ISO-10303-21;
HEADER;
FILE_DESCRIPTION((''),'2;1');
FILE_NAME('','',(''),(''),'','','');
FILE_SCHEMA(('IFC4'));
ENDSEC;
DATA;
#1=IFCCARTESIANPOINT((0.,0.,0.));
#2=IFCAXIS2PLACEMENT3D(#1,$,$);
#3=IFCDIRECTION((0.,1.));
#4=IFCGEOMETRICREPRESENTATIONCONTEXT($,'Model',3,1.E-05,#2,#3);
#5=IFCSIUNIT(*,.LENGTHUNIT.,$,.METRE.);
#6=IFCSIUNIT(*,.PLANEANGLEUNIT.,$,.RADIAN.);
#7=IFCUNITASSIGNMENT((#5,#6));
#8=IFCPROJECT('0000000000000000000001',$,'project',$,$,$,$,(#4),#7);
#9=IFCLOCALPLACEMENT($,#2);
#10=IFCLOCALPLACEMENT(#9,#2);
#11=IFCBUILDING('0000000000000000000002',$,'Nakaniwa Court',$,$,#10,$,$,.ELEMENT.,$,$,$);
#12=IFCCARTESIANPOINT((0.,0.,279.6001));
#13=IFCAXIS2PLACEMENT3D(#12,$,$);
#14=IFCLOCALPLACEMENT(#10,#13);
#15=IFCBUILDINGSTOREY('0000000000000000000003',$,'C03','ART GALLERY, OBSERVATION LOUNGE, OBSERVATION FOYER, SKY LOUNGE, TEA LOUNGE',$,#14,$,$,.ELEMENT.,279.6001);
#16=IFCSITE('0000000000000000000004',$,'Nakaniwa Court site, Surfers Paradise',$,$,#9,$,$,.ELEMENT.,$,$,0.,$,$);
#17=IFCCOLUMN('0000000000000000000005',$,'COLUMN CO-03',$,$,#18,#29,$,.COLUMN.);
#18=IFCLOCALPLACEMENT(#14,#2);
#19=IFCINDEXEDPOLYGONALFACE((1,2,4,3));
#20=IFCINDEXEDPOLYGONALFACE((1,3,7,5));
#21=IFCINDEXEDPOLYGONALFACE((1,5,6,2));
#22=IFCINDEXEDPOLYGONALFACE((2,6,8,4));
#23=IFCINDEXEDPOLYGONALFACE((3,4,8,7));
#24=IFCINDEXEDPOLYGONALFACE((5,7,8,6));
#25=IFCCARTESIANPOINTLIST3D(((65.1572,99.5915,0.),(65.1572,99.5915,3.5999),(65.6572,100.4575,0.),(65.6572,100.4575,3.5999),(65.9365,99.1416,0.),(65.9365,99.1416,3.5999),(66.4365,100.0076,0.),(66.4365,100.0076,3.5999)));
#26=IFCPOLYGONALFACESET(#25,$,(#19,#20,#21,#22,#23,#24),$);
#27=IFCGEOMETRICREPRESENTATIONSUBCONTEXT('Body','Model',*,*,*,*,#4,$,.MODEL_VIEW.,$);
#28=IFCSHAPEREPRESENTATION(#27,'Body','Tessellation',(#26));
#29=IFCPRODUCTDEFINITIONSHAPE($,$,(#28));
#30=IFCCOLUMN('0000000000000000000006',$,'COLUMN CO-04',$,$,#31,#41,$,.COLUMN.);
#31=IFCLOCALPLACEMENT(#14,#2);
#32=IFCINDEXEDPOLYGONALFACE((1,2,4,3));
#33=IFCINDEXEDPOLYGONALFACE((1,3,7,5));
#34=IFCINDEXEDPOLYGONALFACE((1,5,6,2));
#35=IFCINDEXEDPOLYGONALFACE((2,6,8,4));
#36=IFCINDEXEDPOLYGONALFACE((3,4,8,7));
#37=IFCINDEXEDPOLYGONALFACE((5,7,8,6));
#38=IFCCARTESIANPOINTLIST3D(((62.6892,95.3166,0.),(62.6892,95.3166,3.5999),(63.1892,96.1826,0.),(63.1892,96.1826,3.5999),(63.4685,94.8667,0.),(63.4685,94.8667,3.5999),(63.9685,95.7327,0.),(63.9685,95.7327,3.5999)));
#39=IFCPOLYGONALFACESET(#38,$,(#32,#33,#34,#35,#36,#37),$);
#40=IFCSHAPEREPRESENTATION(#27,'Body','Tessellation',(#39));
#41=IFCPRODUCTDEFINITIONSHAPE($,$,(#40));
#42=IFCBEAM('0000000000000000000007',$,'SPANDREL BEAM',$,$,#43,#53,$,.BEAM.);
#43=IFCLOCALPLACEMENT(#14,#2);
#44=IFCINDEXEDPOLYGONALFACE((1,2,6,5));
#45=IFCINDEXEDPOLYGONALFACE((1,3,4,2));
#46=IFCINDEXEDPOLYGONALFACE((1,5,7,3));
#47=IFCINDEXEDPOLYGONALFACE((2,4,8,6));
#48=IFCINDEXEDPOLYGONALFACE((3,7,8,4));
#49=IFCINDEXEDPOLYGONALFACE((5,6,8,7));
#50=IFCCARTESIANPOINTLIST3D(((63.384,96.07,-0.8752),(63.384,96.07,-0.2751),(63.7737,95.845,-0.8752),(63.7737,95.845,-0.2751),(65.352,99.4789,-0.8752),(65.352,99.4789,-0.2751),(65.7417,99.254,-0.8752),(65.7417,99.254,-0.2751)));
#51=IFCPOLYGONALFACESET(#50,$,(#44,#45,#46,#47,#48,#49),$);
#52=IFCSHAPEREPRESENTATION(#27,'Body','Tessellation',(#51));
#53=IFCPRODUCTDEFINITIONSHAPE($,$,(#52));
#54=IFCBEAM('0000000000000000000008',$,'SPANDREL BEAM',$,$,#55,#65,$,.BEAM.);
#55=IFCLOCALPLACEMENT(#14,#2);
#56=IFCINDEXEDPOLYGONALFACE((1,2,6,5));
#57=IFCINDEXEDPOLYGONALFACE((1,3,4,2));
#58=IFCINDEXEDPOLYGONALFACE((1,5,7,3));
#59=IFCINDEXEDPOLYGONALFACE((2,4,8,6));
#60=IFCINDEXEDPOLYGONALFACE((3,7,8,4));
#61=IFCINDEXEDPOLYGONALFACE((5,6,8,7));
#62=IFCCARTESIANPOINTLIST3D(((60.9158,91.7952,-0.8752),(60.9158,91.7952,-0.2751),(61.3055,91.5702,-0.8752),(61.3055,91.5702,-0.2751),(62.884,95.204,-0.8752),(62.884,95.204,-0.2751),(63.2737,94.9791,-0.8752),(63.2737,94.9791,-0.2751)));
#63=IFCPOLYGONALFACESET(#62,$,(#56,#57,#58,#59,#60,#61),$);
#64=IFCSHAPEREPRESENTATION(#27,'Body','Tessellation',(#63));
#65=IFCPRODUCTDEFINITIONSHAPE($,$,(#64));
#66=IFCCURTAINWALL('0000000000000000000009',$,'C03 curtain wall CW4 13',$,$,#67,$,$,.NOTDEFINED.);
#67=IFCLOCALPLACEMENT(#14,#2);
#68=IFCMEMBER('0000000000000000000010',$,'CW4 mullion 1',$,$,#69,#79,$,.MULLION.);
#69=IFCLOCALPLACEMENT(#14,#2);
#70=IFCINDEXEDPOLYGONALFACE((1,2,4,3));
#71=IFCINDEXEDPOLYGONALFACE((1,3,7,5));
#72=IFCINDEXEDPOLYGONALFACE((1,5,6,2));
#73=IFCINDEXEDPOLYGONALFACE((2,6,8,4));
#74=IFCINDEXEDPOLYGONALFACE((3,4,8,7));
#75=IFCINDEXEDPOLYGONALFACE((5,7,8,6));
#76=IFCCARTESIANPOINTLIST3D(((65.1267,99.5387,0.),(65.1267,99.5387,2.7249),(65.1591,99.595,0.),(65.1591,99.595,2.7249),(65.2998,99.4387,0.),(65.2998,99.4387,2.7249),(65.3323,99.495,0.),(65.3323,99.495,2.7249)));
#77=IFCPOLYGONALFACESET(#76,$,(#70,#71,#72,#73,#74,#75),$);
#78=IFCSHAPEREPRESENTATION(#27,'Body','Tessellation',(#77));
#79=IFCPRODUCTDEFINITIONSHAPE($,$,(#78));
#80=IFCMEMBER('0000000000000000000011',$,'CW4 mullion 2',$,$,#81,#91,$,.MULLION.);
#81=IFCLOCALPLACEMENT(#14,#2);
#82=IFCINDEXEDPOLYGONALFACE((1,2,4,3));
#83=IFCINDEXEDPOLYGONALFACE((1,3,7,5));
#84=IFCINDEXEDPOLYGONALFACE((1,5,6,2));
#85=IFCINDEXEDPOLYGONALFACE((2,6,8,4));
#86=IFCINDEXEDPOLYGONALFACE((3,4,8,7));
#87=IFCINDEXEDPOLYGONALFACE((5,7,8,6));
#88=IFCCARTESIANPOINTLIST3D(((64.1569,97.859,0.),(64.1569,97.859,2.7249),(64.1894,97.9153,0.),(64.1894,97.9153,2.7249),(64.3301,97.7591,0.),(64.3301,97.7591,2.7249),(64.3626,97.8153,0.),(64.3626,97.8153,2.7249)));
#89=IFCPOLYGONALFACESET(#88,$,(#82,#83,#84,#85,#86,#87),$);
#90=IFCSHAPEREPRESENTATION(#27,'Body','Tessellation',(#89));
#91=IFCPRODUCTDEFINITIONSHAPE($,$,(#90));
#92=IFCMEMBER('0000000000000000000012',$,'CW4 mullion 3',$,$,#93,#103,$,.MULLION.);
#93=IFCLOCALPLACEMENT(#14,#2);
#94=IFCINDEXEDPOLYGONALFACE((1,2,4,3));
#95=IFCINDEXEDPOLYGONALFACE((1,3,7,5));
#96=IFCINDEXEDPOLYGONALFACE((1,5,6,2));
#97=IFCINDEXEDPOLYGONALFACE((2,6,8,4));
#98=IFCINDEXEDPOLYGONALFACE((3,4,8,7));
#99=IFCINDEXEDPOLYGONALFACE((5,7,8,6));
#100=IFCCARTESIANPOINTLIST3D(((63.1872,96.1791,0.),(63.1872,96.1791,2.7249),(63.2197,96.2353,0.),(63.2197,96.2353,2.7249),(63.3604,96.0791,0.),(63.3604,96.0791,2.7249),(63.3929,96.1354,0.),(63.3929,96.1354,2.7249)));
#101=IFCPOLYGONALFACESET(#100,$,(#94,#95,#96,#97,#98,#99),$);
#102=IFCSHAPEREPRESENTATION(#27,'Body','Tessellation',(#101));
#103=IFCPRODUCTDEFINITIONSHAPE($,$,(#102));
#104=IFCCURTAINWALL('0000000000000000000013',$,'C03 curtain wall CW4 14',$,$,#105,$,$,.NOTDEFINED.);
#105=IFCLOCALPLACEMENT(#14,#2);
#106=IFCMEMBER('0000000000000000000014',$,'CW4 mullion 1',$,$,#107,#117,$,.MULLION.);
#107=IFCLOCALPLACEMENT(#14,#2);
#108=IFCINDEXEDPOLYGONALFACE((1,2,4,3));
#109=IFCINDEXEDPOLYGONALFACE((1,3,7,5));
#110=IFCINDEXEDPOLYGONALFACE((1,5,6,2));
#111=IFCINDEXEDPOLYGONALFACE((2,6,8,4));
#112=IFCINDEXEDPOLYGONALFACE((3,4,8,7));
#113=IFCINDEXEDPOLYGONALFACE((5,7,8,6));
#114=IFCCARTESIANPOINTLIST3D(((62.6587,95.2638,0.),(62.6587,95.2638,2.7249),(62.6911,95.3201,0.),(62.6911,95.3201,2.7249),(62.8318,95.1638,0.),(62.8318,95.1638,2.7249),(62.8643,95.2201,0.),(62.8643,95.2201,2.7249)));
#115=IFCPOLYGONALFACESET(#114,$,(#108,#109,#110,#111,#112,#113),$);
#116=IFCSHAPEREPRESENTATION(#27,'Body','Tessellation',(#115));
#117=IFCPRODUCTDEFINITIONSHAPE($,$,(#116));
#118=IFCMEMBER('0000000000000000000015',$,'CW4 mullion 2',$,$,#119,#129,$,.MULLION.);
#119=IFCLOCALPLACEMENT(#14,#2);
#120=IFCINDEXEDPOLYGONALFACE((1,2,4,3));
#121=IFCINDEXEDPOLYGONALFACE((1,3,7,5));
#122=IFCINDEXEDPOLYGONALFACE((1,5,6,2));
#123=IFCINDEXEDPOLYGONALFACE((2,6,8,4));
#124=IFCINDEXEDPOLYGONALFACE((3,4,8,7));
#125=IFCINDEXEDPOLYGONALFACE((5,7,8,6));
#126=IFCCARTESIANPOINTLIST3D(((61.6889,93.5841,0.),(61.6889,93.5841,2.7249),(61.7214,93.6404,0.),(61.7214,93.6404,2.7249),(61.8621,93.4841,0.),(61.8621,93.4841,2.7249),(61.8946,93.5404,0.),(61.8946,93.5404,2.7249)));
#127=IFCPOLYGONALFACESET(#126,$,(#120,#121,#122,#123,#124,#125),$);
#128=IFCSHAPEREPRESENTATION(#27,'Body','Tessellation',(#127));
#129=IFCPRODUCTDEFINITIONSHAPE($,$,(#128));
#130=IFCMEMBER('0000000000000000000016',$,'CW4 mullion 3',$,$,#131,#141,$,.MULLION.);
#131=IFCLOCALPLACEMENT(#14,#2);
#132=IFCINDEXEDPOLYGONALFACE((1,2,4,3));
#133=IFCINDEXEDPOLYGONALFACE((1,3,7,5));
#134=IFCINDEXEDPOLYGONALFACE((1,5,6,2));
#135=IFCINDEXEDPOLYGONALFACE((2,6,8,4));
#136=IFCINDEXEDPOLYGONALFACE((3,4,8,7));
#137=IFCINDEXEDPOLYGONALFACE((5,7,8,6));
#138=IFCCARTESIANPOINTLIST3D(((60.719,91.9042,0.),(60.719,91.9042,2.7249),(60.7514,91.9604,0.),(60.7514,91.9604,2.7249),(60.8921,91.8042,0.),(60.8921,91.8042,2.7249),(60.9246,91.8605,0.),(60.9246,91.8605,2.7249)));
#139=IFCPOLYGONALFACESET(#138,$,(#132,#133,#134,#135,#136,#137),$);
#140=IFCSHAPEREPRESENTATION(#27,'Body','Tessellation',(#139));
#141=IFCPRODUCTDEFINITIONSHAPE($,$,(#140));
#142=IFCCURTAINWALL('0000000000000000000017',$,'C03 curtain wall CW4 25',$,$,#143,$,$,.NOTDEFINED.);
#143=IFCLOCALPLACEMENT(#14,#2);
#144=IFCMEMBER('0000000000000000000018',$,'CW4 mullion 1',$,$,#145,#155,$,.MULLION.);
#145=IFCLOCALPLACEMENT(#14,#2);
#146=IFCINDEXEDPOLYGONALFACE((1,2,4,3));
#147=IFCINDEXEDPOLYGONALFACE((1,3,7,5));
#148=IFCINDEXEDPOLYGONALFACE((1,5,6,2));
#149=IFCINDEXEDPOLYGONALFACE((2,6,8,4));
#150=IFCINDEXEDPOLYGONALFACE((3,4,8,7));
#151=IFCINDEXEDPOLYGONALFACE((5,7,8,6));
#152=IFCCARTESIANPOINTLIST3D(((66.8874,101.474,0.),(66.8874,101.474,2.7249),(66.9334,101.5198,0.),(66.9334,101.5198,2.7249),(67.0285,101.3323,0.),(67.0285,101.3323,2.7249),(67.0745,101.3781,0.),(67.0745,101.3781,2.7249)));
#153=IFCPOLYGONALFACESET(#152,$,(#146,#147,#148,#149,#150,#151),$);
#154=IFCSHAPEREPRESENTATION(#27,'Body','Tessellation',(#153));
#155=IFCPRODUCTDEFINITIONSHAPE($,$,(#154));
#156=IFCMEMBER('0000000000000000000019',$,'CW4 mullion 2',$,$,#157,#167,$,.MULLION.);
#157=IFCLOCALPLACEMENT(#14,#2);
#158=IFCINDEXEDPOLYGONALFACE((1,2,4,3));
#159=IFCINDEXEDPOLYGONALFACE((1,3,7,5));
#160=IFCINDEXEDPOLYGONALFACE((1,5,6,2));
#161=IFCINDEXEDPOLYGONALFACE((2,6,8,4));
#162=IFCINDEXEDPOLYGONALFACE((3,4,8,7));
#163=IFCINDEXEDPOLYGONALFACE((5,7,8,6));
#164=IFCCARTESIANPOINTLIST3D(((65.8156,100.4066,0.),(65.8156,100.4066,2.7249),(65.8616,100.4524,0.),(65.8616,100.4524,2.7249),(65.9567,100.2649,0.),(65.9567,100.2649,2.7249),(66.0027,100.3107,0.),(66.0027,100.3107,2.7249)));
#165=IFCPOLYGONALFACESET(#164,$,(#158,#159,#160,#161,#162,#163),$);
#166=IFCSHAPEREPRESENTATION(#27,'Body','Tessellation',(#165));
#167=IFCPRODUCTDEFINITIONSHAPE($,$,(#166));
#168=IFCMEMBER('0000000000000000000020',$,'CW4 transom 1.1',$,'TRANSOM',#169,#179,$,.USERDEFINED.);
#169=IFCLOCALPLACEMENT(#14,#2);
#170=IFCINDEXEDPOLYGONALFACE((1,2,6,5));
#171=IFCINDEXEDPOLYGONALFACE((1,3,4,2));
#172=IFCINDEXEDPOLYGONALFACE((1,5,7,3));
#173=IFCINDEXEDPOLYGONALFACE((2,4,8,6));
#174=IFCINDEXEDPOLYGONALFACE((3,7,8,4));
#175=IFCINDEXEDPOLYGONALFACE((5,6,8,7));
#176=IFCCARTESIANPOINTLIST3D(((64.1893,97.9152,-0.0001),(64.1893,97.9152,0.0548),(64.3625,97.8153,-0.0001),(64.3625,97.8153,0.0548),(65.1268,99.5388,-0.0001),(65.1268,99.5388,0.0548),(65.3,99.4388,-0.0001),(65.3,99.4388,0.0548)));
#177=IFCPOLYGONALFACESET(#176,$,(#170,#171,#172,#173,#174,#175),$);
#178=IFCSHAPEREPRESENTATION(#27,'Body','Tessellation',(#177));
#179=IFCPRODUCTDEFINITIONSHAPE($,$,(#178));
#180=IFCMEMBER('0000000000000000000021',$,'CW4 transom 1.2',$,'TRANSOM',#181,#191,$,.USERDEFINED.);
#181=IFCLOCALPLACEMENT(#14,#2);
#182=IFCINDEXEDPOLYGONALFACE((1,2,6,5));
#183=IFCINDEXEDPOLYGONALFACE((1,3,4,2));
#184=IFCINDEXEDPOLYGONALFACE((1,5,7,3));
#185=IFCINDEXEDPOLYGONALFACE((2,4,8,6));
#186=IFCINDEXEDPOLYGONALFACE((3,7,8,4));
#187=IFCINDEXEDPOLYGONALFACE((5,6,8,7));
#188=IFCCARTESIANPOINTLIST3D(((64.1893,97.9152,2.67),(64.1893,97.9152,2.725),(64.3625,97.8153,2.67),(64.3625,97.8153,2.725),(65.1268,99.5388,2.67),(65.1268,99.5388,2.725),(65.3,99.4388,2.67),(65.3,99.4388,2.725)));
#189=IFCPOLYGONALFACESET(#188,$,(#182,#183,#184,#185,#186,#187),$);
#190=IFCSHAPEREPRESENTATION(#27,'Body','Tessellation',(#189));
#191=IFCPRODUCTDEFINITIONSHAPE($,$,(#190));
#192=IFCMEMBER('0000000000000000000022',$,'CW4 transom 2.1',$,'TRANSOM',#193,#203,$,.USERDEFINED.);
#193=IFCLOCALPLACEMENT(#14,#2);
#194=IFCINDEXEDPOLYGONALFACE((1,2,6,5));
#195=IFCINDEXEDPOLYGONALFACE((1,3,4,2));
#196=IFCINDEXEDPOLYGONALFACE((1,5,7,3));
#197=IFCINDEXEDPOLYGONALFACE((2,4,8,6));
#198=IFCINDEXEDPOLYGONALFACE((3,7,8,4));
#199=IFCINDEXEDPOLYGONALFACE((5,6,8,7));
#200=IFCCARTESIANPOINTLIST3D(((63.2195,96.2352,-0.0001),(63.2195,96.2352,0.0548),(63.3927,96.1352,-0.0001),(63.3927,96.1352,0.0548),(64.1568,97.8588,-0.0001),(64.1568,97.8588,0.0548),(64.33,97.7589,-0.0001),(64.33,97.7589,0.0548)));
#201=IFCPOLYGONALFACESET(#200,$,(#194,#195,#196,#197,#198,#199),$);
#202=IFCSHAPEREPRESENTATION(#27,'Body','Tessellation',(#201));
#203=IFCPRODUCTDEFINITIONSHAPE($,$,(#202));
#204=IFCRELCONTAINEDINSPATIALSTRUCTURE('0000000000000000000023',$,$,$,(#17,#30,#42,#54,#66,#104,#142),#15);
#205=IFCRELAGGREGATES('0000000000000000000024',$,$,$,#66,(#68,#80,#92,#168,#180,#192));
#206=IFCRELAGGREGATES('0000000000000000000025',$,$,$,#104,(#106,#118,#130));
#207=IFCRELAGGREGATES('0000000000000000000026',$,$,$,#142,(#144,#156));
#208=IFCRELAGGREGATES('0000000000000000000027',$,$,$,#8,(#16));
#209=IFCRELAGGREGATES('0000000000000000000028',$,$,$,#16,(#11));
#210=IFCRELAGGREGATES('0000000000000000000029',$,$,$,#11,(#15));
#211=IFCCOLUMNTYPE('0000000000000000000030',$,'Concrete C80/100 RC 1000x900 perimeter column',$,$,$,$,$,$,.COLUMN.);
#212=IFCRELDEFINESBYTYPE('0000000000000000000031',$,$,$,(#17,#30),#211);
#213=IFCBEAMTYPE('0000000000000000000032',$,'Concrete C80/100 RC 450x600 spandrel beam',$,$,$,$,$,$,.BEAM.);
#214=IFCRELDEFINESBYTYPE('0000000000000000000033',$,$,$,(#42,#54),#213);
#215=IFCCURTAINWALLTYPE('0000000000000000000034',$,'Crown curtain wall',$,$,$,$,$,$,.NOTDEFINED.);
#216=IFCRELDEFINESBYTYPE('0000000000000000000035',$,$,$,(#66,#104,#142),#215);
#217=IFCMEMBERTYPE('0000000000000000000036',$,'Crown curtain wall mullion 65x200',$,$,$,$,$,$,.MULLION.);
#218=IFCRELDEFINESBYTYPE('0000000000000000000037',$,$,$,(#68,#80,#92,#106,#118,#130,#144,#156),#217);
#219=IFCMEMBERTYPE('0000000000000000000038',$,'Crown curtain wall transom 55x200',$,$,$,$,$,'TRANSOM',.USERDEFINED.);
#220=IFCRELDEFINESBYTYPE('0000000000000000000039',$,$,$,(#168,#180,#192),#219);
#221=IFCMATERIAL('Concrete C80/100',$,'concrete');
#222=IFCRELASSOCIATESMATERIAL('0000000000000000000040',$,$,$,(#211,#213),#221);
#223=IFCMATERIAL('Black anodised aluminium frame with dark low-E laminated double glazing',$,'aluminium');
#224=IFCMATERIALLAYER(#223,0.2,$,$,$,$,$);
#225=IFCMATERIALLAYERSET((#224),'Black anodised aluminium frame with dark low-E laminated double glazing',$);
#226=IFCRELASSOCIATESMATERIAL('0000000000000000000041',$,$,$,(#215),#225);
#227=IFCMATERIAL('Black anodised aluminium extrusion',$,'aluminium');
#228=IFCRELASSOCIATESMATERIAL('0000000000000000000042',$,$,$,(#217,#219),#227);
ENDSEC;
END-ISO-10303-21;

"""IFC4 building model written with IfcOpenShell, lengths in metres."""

from ifc_helpers import new_model, si_unit, direction, frame, origin, origin_2d, place, context, subcontext, project, spatial, rectangle, extrude, material, layer, layer_set, material_profile, profile_set, type_object, element, aggregate, save


model = new_model("IFC4")

# Units and contexts
model_context = context("Model", 3, precision=1e-05, world=origin(), true_north=direction((0.0, 1.0)))
body_context = subcontext(model_context, "Body", "Model", "MODEL_VIEW")
ifc_project = project(units=[si_unit("LENGTHUNIT", "METRE"), si_unit("PLANEANGLEUNIT", "RADIAN")], contexts=[model_context])

# Site, building, storey
site_placement = place(None, origin())
site = spatial("IfcSite", under=ifc_project, at=site_placement, Name="Nakaniwa Court site, Surfers Paradise", CompositionType="ELEMENT", RefElevation=0.0)
building_placement = place(site_placement, origin())
building = spatial("IfcBuilding", under=site, at=building_placement, Name="Nakaniwa Court", CompositionType="ELEMENT")
storey_placement = place(building_placement, frame((0.0, 0.0, 279.6001)))
storey = spatial("IfcBuildingStorey", under=building, at=storey_placement, Name="C03", Description="ART GALLERY, OBSERVATION LOUNGE, OBSERVATION FOYER, SKY LOUNGE, TEA LOUNGE", CompositionType="ELEMENT", Elevation=279.6001)

# Columns
ifc_material_1 = material(Name="Concrete C80/100", Category="concrete")
ifc_material_profile_1 = material_profile(ifc_material_1, rectangle(XDim=1.0, YDim=0.8999, at=origin_2d()), Name="Concrete C80/100 RC 1000x900 perimeter column")
ifc_profile_set_1 = profile_set([ifc_material_profile_1], Name="Concrete C80/100")
column_type = type_object("IfcColumnType", Name="Concrete C80/100 RC 1000x900 perimeter column", PredefinedType="COLUMN", material=ifc_profile_set_1)
for number, where, z_axis, x_axis, name in (
    (1, (65.7969, 99.7996, 0.0), (0.0, 0.0, 1.0), (-0.5, -0.866025, 0.0), "COLUMN CO-03"),
    (2, (63.3289, 95.5247, 0.0), (0.0, 0.0, 1.0), (-0.5, -0.866025, 0.0), "COLUMN CO-04"),
):
    element("IfcColumn", number, at=place(storey_placement, frame(where, z_axis=z_axis, x_axis=x_axis)), inside=storey, type_object=column_type, Name=name, PredefinedType="COLUMN", context=body_context, shape_type="SweptSolid", body=[
        extrude(rectangle(XDim=1.0, YDim=0.8999, at=origin_2d()), origin(), (0.0, 0.0, 1.0), 3.5999),
    ])

# Beams
ifc_material_profile_2 = material_profile(ifc_material_1, rectangle(XDim=0.45, YDim=0.6001, at=origin_2d()), Name="Concrete C80/100 RC 450x600 spandrel beam")
ifc_profile_set_2 = profile_set([ifc_material_profile_2], Name="Concrete C80/100")
beam_type = type_object("IfcBeamType", Name="Concrete C80/100 RC 450x600 spandrel beam", PredefinedType="BEAM", material=ifc_profile_set_2)
for number, where, z_axis, x_axis, name in (
    (3, (65.5469, 99.3665, -0.5752), (-0.499975, -0.86604, 0.0), (0.86604, -0.499975, 0.0), "SPANDREL BEAM"),
    (4, (63.0789, 95.0916, -0.5752), (-0.500021, -0.866013, 0.0), (0.866013, -0.500021, 0.0), "SPANDREL BEAM"),
):
    element("IfcBeam", number, at=place(storey_placement, frame(where, z_axis=z_axis, x_axis=x_axis)), inside=storey, type_object=beam_type, Name=name, PredefinedType="BEAM", context=body_context, shape_type="SweptSolid", body=[
        extrude(rectangle(XDim=0.45, YDim=0.6001, at=origin_2d()), origin(), (0.0, 0.0, 1.0), 3.9363),
    ])

# Curtain walls, members
ifc_material_2 = material(Name="Black anodised aluminium frame with dark low-E laminated double glazing", Category="aluminium")
ifc_layer_1 = layer(ifc_material_2, 0.2)
ifc_layer_set_1 = layer_set([ifc_layer_1], Name="Black anodised aluminium frame with dark low-E laminated double glazing")
curtain_wall_type = type_object("IfcCurtainWallType", Name="Crown curtain wall", PredefinedType="NOTDEFINED", material=ifc_layer_set_1)
curtain_wall_1_placement = place(storey_placement, origin())
curtain_wall_1 = element("IfcCurtainWall", 5, at=curtain_wall_1_placement, inside=storey, type_object=curtain_wall_type, Name="C03 curtain wall CW4 13", PredefinedType="NOTDEFINED")
ifc_material_3 = material(Name="Black anodised aluminium extrusion", Category="aluminium")
ifc_material_profile_3 = material_profile(ifc_material_3, rectangle(XDim=0.2, YDim=0.0649, at=origin_2d()), Name="Crown curtain wall mullion 65x200")
ifc_profile_set_3 = profile_set([ifc_material_profile_3], Name="Black anodised aluminium extrusion")
member_type_1 = type_object("IfcMemberType", Name="Crown curtain wall mullion 65x200", PredefinedType="MULLION", material=ifc_profile_set_3)
member_1_placement = place(storey_placement, frame((65.2295, 99.5168, 0.0), z_axis=(0.0, 0.0, 1.0), x_axis=(0.866033, -0.499987, 0.0)))
member_1 = element("IfcMember", 6, at=member_1_placement, type_object=member_type_1, Name="CW4 mullion 1", PredefinedType="MULLION", context=body_context, shape_type="SweptSolid", body=[
    extrude(rectangle(XDim=0.2, YDim=0.0649, at=origin_2d()), origin(), (0.0, 0.0, 1.0), 2.7249),
])
member_2_placement = place(storey_placement, frame((64.2598, 97.8372, 0.0), z_axis=(0.0, 0.0, 1.0), x_axis=(0.866033, -0.499987, 0.0)))
member_2 = element("IfcMember", 7, at=member_2_placement, type_object=member_type_1, Name="CW4 mullion 2", PredefinedType="MULLION", context=body_context, shape_type="SweptSolid", body=[
    extrude(rectangle(XDim=0.2, YDim=0.0649, at=origin_2d()), origin(), (0.0, 0.0, 1.0), 2.7249),
])
member_3_placement = place(storey_placement, frame((63.29, 96.1572, 0.0), z_axis=(0.0, 0.0, 1.0), x_axis=(0.866033, -0.499987, 0.0)))
member_3 = element("IfcMember", 8, at=member_3_placement, type_object=member_type_1, Name="CW4 mullion 3", PredefinedType="MULLION", context=body_context, shape_type="SweptSolid", body=[
    extrude(rectangle(XDim=0.2, YDim=0.0649, at=origin_2d()), origin(), (0.0, 0.0, 1.0), 2.7249),
])
curtain_wall_2_placement = place(storey_placement, origin())
curtain_wall_2 = element("IfcCurtainWall", 9, at=curtain_wall_2_placement, inside=storey, type_object=curtain_wall_type, Name="C03 curtain wall CW4 14", PredefinedType="NOTDEFINED")
member_4_placement = place(storey_placement, frame((62.7615, 95.2419, 0.0), z_axis=(0.0, 0.0, 1.0), x_axis=(0.866033, -0.499987, 0.0)))
member_4 = element("IfcMember", 10, at=member_4_placement, type_object=member_type_1, Name="CW4 mullion 1", PredefinedType="MULLION", context=body_context, shape_type="SweptSolid", body=[
    extrude(rectangle(XDim=0.2, YDim=0.0649, at=origin_2d()), origin(), (0.0, 0.0, 1.0), 2.7249),
])
member_5_placement = place(storey_placement, frame((61.7917, 93.5623, 0.0), z_axis=(0.0, 0.0, 1.0), x_axis=(0.866033, -0.499987, 0.0)))
member_5 = element("IfcMember", 11, at=member_5_placement, type_object=member_type_1, Name="CW4 mullion 2", PredefinedType="MULLION", context=body_context, shape_type="SweptSolid", body=[
    extrude(rectangle(XDim=0.2, YDim=0.0649, at=origin_2d()), origin(), (0.0, 0.0, 1.0), 2.7249),
])
member_6_placement = place(storey_placement, frame((60.8218, 91.8823, 0.0), z_axis=(0.0, 0.0, 1.0), x_axis=(0.866033, -0.499987, 0.0)))
member_6 = element("IfcMember", 12, at=member_6_placement, type_object=member_type_1, Name="CW4 mullion 3", PredefinedType="MULLION", context=body_context, shape_type="SweptSolid", body=[
    extrude(rectangle(XDim=0.2, YDim=0.0649, at=origin_2d()), origin(), (0.0, 0.0, 1.0), 2.7249),
])
curtain_wall_3_placement = place(storey_placement, origin())
curtain_wall_3 = element("IfcCurtainWall", 13, at=curtain_wall_3_placement, inside=storey, type_object=curtain_wall_type, Name="C03 curtain wall CW4 25", PredefinedType="NOTDEFINED")
member_7_placement = place(storey_placement, frame((66.981, 101.426, 0.0), z_axis=(0.0, 0.0, 1.0), x_axis=(0.705647, -0.708563, 0.0)))
member_7 = element("IfcMember", 14, at=member_7_placement, type_object=member_type_1, Name="CW4 mullion 1", PredefinedType="MULLION", context=body_context, shape_type="SweptSolid", body=[
    extrude(rectangle(XDim=0.2, YDim=0.0649, at=origin_2d()), origin(), (0.0, 0.0, 1.0), 2.7249),
])
member_8_placement = place(storey_placement, frame((65.9092, 100.3586, 0.0), z_axis=(0.0, 0.0, 1.0), x_axis=(0.705647, -0.708563, 0.0)))
member_8 = element("IfcMember", 15, at=member_8_placement, type_object=member_type_1, Name="CW4 mullion 2", PredefinedType="MULLION", context=body_context, shape_type="SweptSolid", body=[
    extrude(rectangle(XDim=0.2, YDim=0.0649, at=origin_2d()), origin(), (0.0, 0.0, 1.0), 2.7249),
])

# Members
ifc_material_profile_4 = material_profile(ifc_material_3, rectangle(XDim=0.2, YDim=0.0549, at=origin_2d()), Name="Crown curtain wall transom 55x200")
ifc_profile_set_4 = profile_set([ifc_material_profile_4], Name="Black anodised aluminium extrusion")
member_type_2 = type_object("IfcMemberType", Name="Crown curtain wall transom 55x200", ElementType="TRANSOM", PredefinedType="USERDEFINED", material=ifc_profile_set_4)
member_9_placement = place(storey_placement, frame((65.2134, 99.4888, 0.0273), z_axis=(-0.500061, -0.86599, 0.0), x_axis=(0.86599, -0.500061, 0.0)))
member_9 = element("IfcMember", 16, at=member_9_placement, type_object=member_type_2, Name="CW4 transom 1.1", ObjectType="TRANSOM", PredefinedType="USERDEFINED", context=body_context, shape_type="SweptSolid", body=[
    extrude(rectangle(XDim=0.2, YDim=0.0549, at=origin_2d()), origin(), (0.0, 0.0, 1.0), 1.8748),
])
member_10_placement = place(storey_placement, frame((65.2134, 99.4888, 2.6975), z_axis=(-0.500061, -0.86599, 0.0), x_axis=(0.86599, -0.500061, 0.0)))
member_10 = element("IfcMember", 17, at=member_10_placement, type_object=member_type_2, Name="CW4 transom 1.2", ObjectType="TRANSOM", PredefinedType="USERDEFINED", context=body_context, shape_type="SweptSolid", body=[
    extrude(rectangle(XDim=0.2, YDim=0.0549, at=origin_2d()), origin(), (0.0, 0.0, 1.0), 1.8748),
])
member_11_placement = place(storey_placement, frame((64.2434, 97.8088, 0.0273), z_axis=(-0.499963, -0.866047, 0.0), x_axis=(0.866047, -0.499963, 0.0)))
member_11 = element("IfcMember", 18, at=member_11_placement, type_object=member_type_2, Name="CW4 transom 2.1", ObjectType="TRANSOM", PredefinedType="USERDEFINED", context=body_context, shape_type="SweptSolid", body=[
    extrude(rectangle(XDim=0.2, YDim=0.0549, at=origin_2d()), origin(), (0.0, 0.0, 1.0), 1.8748),
])

aggregate(curtain_wall_1, [member_1, member_2, member_3, member_9, member_10, member_11])
aggregate(curtain_wall_2, [member_4, member_5, member_6])
aggregate(curtain_wall_3, [member_7, member_8])

save(model, "model.ifc")
